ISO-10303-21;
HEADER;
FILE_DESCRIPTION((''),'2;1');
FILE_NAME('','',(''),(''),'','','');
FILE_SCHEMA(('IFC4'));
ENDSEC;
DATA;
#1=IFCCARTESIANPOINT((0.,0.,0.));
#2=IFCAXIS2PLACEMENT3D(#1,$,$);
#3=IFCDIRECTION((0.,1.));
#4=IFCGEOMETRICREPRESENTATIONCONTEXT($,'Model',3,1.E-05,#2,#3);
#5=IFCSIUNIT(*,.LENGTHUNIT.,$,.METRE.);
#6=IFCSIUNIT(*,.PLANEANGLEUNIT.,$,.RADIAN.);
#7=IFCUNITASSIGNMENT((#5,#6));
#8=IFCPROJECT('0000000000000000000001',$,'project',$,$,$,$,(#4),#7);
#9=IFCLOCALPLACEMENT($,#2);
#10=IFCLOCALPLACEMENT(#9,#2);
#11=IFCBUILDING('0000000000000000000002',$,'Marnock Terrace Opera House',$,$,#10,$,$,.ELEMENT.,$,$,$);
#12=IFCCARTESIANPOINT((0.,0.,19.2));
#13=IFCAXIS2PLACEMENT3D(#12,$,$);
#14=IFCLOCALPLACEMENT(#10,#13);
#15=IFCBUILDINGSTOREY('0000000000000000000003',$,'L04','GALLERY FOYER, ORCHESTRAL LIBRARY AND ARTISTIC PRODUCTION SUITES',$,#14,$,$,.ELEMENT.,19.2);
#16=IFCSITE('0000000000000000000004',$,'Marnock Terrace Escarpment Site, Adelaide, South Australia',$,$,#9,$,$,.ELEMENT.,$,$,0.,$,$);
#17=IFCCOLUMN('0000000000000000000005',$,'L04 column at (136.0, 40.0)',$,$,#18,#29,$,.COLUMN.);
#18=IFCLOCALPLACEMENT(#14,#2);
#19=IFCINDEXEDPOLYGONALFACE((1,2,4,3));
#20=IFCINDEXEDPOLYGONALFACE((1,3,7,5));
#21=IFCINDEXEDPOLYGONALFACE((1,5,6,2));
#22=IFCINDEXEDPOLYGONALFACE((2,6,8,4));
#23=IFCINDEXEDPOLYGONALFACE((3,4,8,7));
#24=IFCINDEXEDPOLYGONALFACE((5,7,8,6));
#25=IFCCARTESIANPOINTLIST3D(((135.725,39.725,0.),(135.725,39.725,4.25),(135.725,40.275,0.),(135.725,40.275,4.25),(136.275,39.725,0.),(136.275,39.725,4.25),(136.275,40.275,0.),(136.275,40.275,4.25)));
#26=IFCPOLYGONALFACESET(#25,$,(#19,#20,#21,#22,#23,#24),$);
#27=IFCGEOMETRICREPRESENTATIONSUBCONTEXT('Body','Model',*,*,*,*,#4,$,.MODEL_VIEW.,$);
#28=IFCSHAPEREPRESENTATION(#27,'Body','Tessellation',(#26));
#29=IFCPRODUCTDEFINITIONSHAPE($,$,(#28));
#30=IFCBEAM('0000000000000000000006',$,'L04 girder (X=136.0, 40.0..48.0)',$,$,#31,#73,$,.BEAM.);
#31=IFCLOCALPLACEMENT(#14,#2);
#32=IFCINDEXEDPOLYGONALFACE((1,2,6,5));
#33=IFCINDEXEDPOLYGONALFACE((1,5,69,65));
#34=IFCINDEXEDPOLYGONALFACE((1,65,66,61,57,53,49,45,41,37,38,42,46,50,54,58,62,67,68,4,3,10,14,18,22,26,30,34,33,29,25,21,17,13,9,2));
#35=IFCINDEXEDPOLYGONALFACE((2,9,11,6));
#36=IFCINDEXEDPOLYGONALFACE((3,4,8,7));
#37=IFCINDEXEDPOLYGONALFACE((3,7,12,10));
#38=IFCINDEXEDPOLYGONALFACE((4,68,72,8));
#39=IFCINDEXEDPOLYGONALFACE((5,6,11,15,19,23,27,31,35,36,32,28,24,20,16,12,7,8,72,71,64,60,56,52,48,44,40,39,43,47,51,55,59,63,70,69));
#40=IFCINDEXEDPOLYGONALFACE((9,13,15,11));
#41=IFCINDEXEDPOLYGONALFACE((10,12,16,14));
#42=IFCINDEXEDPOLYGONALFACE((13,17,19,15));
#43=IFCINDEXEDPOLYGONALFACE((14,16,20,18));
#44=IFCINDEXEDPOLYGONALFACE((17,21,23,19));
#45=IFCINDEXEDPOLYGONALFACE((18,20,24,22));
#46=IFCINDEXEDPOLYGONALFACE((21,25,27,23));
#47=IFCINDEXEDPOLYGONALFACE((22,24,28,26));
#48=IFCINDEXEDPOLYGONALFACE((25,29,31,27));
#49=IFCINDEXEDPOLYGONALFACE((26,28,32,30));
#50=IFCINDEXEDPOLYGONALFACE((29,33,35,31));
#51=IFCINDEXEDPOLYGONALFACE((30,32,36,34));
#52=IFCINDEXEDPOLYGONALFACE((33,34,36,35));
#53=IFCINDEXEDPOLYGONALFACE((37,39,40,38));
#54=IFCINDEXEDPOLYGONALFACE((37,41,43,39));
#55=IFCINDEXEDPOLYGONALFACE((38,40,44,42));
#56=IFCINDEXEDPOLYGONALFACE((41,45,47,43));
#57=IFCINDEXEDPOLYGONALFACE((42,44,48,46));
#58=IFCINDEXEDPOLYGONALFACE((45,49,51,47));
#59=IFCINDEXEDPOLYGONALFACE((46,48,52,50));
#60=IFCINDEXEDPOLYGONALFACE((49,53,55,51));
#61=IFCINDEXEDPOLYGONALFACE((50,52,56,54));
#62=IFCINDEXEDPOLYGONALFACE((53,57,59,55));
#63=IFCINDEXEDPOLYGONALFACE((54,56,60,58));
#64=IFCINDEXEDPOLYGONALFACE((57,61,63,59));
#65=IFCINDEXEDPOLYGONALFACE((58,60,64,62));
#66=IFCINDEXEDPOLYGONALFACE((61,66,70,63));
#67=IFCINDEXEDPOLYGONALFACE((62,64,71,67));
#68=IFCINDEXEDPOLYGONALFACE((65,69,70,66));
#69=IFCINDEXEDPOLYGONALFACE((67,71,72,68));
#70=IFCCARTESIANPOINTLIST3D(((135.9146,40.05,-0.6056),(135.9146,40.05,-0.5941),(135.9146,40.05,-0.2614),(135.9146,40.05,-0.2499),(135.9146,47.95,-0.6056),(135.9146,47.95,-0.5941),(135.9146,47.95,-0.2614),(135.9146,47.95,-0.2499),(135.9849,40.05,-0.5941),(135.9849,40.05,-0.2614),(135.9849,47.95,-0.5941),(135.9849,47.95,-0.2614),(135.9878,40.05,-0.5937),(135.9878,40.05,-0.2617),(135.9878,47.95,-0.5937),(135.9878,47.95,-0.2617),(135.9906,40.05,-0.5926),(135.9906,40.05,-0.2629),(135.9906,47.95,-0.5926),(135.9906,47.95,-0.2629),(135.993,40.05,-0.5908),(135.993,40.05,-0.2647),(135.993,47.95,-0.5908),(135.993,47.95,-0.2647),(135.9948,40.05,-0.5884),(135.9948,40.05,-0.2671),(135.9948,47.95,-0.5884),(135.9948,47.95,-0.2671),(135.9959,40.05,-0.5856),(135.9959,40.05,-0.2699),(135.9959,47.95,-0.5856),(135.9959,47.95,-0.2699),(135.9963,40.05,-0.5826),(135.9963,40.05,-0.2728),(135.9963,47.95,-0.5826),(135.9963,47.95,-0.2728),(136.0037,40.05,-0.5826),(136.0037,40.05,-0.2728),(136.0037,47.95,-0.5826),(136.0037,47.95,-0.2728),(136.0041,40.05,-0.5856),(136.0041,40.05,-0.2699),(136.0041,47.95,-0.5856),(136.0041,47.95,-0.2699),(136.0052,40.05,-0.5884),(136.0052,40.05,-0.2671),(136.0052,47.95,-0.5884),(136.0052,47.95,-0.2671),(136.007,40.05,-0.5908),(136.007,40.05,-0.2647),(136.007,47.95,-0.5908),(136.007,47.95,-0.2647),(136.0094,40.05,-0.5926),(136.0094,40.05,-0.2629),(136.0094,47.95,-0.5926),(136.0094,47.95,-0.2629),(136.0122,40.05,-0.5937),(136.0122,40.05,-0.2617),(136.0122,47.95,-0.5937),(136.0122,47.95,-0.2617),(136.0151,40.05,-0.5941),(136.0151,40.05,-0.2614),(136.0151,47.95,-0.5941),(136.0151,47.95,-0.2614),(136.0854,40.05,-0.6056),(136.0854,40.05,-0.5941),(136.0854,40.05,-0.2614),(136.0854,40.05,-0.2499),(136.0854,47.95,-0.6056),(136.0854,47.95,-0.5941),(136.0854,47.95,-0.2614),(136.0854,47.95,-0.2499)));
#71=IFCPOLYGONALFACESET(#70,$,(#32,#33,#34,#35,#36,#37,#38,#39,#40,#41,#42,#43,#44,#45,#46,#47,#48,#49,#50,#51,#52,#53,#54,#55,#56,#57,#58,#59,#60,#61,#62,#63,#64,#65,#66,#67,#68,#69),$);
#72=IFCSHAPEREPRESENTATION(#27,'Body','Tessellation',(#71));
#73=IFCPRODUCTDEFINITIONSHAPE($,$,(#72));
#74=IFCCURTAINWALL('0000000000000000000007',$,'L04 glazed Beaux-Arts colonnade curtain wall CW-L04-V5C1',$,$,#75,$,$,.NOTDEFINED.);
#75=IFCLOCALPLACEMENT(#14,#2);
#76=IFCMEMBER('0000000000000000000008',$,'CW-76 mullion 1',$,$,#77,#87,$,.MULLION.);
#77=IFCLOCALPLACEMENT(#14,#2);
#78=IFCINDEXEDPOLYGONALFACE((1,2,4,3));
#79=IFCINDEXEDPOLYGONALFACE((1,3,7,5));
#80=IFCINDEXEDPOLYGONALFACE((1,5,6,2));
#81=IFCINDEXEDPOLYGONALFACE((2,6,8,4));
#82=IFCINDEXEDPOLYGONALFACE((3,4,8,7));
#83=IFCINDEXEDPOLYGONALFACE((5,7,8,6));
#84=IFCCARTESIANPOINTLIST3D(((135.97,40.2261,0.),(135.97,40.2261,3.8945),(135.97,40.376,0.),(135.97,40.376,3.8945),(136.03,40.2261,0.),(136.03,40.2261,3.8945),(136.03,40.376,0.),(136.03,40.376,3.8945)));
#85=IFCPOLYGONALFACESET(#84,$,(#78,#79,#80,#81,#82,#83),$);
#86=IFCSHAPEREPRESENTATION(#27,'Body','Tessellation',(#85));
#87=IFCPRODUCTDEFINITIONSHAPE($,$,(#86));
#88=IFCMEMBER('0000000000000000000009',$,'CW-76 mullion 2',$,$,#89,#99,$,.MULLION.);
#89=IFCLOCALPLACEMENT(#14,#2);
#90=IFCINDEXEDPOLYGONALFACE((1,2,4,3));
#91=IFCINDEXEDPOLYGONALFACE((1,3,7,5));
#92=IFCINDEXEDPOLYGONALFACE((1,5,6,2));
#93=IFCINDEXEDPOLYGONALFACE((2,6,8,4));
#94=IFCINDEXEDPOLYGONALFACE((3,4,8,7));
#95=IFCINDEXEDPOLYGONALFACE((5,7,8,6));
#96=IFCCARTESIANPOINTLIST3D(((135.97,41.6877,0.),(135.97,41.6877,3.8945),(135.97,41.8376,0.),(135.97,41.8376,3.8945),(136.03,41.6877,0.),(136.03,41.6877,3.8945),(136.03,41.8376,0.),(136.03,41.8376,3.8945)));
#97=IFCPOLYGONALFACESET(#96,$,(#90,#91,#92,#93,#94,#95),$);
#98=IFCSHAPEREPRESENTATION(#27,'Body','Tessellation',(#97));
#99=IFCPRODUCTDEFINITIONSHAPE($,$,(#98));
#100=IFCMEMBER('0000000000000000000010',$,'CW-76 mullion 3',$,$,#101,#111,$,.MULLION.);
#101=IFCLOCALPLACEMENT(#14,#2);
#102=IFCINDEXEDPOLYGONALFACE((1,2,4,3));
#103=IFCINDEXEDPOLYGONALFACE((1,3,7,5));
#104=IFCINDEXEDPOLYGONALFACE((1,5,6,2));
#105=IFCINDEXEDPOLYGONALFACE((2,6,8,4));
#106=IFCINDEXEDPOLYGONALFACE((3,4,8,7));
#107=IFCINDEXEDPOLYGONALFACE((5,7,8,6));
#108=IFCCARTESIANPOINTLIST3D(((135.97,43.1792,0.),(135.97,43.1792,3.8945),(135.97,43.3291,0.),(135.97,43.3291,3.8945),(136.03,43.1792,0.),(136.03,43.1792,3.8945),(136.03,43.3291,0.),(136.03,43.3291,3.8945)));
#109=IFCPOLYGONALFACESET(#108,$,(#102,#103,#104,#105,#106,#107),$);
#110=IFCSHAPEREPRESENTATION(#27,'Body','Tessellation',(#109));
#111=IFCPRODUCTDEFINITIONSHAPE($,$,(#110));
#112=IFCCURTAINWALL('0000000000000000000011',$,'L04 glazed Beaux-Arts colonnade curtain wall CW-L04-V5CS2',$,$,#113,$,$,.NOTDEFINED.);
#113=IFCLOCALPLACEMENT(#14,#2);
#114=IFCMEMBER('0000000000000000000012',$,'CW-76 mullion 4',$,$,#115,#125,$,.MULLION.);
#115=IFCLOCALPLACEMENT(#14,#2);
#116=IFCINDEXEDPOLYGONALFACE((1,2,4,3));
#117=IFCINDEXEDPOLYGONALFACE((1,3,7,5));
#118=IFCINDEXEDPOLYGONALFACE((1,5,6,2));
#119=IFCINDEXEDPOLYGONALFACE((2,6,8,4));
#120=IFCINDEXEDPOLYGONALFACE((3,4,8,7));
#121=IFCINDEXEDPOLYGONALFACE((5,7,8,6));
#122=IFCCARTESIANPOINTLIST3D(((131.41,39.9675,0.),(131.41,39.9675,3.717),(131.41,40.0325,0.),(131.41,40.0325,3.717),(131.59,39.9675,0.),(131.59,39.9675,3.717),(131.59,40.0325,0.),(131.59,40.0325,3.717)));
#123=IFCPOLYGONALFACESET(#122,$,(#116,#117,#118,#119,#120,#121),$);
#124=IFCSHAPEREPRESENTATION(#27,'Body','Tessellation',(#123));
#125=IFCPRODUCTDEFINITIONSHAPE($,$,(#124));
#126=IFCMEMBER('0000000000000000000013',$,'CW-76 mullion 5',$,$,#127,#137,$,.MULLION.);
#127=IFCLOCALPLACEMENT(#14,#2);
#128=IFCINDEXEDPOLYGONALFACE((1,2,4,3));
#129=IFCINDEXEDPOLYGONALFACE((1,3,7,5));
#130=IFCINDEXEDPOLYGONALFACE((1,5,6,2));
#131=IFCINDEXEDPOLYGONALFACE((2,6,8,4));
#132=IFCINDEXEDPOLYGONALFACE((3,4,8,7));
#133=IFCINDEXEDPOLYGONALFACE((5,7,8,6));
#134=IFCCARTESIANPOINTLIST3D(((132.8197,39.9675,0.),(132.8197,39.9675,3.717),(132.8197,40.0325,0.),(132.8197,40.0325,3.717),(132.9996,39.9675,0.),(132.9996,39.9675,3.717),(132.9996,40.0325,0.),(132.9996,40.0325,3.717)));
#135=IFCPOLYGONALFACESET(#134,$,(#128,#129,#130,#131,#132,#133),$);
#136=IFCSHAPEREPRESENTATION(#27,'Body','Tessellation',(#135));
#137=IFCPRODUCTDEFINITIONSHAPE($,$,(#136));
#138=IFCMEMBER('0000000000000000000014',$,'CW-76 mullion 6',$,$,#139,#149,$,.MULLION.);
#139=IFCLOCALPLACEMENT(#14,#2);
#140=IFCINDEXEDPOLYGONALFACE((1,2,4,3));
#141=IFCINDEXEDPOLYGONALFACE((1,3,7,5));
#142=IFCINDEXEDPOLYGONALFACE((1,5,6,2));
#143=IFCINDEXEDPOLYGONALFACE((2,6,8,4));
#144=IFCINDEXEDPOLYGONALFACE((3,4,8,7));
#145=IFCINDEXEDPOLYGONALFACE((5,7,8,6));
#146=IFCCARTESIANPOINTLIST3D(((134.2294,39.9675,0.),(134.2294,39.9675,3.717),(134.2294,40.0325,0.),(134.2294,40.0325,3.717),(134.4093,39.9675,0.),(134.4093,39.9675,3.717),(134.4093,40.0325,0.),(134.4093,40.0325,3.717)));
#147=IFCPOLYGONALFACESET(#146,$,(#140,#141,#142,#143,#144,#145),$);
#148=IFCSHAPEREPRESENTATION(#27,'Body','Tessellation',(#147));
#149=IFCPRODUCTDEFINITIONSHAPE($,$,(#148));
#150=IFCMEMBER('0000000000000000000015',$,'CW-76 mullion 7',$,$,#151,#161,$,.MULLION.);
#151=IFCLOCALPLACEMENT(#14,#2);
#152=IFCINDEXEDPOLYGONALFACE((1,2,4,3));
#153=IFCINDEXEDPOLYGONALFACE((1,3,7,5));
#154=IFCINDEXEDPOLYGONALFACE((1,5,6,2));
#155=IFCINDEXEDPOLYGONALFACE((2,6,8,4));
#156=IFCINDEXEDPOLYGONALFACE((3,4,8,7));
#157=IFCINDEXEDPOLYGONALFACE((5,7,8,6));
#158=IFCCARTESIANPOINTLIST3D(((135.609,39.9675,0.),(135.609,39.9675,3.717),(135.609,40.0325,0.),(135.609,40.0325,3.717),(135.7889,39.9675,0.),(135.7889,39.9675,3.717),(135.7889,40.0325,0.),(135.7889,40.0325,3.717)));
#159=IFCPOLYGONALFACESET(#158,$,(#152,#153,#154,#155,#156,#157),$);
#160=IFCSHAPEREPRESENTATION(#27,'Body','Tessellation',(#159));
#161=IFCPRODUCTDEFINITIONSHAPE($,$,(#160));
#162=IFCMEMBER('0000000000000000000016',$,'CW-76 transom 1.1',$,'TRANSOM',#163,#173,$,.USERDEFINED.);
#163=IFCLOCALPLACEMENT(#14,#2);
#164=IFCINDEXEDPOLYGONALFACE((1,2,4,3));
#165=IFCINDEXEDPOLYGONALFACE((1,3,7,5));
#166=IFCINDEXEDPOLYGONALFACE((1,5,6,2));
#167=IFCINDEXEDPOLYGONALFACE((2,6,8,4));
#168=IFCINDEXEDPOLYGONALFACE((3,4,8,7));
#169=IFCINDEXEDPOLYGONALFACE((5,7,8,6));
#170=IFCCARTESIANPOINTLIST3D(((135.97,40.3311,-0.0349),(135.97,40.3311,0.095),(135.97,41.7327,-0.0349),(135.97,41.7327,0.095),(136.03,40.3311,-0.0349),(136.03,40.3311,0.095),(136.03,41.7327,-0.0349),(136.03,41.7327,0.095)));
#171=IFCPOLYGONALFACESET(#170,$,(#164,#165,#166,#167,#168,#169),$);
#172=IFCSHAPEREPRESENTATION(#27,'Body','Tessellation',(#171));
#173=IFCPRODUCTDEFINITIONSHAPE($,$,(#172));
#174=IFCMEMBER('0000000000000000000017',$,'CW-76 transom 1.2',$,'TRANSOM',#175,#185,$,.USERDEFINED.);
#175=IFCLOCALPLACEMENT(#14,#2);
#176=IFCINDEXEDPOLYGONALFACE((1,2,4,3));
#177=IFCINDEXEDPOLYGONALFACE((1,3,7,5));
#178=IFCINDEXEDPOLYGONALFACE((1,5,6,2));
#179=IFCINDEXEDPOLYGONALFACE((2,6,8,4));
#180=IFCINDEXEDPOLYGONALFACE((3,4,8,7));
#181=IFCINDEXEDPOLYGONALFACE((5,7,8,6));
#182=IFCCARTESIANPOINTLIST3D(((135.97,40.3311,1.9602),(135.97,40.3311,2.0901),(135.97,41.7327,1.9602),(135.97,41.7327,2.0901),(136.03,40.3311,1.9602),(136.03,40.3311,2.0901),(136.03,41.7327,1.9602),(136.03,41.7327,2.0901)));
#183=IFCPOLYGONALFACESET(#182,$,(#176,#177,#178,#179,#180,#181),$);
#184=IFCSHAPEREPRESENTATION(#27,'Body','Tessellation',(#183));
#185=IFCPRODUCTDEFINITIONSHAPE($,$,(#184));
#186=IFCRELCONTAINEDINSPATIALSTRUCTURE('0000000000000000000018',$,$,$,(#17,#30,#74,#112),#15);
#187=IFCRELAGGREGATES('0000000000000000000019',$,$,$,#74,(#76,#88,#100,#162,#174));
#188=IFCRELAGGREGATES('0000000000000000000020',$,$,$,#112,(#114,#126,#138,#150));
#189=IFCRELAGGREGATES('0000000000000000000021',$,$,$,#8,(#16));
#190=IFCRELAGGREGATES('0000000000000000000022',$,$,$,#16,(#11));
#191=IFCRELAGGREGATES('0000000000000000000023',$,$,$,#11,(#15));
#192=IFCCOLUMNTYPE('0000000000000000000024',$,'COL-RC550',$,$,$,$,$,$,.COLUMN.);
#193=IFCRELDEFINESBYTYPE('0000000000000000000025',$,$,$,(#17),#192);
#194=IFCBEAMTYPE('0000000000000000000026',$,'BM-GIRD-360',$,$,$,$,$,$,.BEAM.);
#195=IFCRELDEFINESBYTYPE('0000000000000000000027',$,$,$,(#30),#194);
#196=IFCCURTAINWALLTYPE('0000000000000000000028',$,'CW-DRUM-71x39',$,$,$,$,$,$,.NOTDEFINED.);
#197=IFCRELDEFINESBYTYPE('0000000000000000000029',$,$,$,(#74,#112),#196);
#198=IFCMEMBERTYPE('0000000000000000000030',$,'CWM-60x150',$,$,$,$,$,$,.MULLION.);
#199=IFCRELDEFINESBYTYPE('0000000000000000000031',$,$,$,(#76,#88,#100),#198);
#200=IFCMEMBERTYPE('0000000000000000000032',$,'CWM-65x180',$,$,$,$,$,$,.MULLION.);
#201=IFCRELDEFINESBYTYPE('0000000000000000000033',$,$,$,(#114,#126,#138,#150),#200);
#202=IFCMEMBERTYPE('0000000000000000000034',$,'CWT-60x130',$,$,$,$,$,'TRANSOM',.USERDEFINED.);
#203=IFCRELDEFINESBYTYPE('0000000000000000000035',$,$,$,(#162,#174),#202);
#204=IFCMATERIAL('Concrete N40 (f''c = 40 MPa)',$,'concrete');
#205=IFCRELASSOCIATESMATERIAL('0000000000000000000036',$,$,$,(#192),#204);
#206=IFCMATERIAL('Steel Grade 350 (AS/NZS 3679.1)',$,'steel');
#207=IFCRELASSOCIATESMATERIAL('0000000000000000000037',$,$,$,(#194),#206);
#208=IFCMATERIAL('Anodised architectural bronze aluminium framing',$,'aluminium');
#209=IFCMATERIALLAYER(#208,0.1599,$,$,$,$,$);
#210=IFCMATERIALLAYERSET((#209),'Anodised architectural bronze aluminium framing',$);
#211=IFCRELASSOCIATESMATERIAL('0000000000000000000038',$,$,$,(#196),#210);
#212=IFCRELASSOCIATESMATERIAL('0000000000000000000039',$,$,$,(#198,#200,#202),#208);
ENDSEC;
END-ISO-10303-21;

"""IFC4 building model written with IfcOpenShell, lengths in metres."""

from ifc_helpers import new_model, si_unit, direction, frame, origin, origin_2d, place, context, subcontext, project, spatial, rectangle, i_section, extrude, material, layer, layer_set, material_profile, profile_set, type_object, element, aggregate, save


model = new_model("IFC4")

# Units and contexts
model_context = context("Model", 3, precision=1e-05, world=origin(), true_north=direction((0.0, 1.0)))
body_context = subcontext(model_context, "Body", "Model", "MODEL_VIEW")
ifc_project = project(units=[si_unit("LENGTHUNIT", "METRE"), si_unit("PLANEANGLEUNIT", "RADIAN")], contexts=[model_context])

# Site, building, storey
site_placement = place(None, origin())
site = spatial("IfcSite", under=ifc_project, at=site_placement, Name="Marnock Terrace Escarpment Site, Adelaide, South Australia", CompositionType="ELEMENT", RefElevation=0.0)
building_placement = place(site_placement, origin())
building = spatial("IfcBuilding", under=site, at=building_placement, Name="Marnock Terrace Opera House", CompositionType="ELEMENT")
storey_placement = place(building_placement, frame((0.0, 0.0, 19.2)))
storey = spatial("IfcBuildingStorey", under=building, at=storey_placement, Name="L04", Description="GALLERY FOYER, ORCHESTRAL LIBRARY AND ARTISTIC PRODUCTION SUITES", CompositionType="ELEMENT", Elevation=19.2)

# Column
ifc_material_1 = material(Name="Concrete N40 (f'c = 40 MPa)", Category="concrete")
ifc_material_profile_1 = material_profile(ifc_material_1, rectangle(XDim=0.55, YDim=0.55, at=origin_2d()))
ifc_profile_set_1 = profile_set([ifc_material_profile_1], Name="Concrete N40 (f'c = 40 MPa)")
column_type = type_object("IfcColumnType", Name="COL-RC550", PredefinedType="COLUMN", material=ifc_profile_set_1)
column_placement = place(storey_placement, frame((136.0, 40.0, 0.0), z_axis=(0.0, 0.0, 1.0), x_axis=(1.0, 0.0, 0.0)))
element("IfcColumn", 1, at=column_placement, inside=storey, type_object=column_type, Name="L04 column at (136.0, 40.0)", PredefinedType="COLUMN", context=body_context, shape_type="SweptSolid", body=[
    extrude(rectangle(XDim=0.55, YDim=0.55, at=origin_2d()), origin(), (0.0, 0.0, 1.0), 4.25),
])

# Beam
ifc_material_2 = material(Name="Steel Grade 350 (AS/NZS 3679.1)", Category="steel")
ifc_material_profile_2 = material_profile(ifc_material_2, i_section(OverallWidth=0.1709, OverallDepth=0.3557, WebThickness=0.0073, FlangeThickness=0.0115, FilletRadius=0.0115, at=origin_2d()))
ifc_profile_set_2 = profile_set([ifc_material_profile_2], Name="Steel Grade 350 (AS/NZS 3679.1)")
beam_type = type_object("IfcBeamType", Name="BM-GIRD-360", PredefinedType="BEAM", material=ifc_profile_set_2)
beam_placement = place(storey_placement, frame((136.0, 40.05, -0.4277), z_axis=(0.0, 1.0, 0.0), x_axis=(-1.0, 0.0, 0.0)))
element("IfcBeam", 2, at=beam_placement, inside=storey, type_object=beam_type, Name="L04 girder (X=136.0, 40.0..48.0)", PredefinedType="BEAM", context=body_context, shape_type="SweptSolid", body=[
    extrude(i_section(OverallWidth=0.1709, OverallDepth=0.3557, WebThickness=0.0073, FlangeThickness=0.0115, FilletRadius=0.0115, at=origin_2d()), origin(), (0.0, 0.0, 1.0), 7.8999),
])

# Curtain walls, members
ifc_material_3 = material(Name="Anodised architectural bronze aluminium framing", Category="aluminium")
ifc_layer_1 = layer(ifc_material_3, 0.1599)
ifc_layer_set_1 = layer_set([ifc_layer_1], Name="Anodised architectural bronze aluminium framing")
curtain_wall_type = type_object("IfcCurtainWallType", Name="CW-DRUM-71x39", PredefinedType="NOTDEFINED", material=ifc_layer_set_1)
curtain_wall_1_placement = place(storey_placement, origin())
curtain_wall_1 = element("IfcCurtainWall", 3, at=curtain_wall_1_placement, inside=storey, type_object=curtain_wall_type, Name="L04 glazed Beaux-Arts colonnade curtain wall CW-L04-V5C1", PredefinedType="NOTDEFINED")
ifc_material_profile_3 = material_profile(ifc_material_3, rectangle(XDim=0.0601, YDim=0.1499, at=origin_2d()))
ifc_profile_set_3 = profile_set([ifc_material_profile_3], Name="Anodised architectural bronze aluminium framing")
member_type_1 = type_object("IfcMemberType", Name="CWM-60x150", PredefinedType="MULLION", material=ifc_profile_set_3)
member_1_placement = place(storey_placement, frame((136.0, 40.301, 0.0), z_axis=(0.0, 0.0, 1.0), x_axis=(-1.0, 0.0, 0.0)))
member_1 = element("IfcMember", 4, at=member_1_placement, type_object=member_type_1, Name="CW-76 mullion 1", PredefinedType="MULLION", context=body_context, shape_type="SweptSolid", body=[
    extrude(rectangle(XDim=0.0601, YDim=0.1499, at=origin_2d()), origin(), (0.0, 0.0, 1.0), 3.8945),
])
member_2_placement = place(storey_placement, frame((136.0, 41.7627, 0.0), z_axis=(0.0, 0.0, 1.0), x_axis=(-1.0, 0.0, 0.0)))
member_2 = element("IfcMember", 5, at=member_2_placement, type_object=member_type_1, Name="CW-76 mullion 2", PredefinedType="MULLION", context=body_context, shape_type="SweptSolid", body=[
    extrude(rectangle(XDim=0.0601, YDim=0.1499, at=origin_2d()), origin(), (0.0, 0.0, 1.0), 3.8945),
])
member_3_placement = place(storey_placement, frame((136.0, 43.2542, 0.0), z_axis=(0.0, 0.0, 1.0), x_axis=(-1.0, 0.0, 0.0)))
member_3 = element("IfcMember", 6, at=member_3_placement, type_object=member_type_1, Name="CW-76 mullion 3", PredefinedType="MULLION", context=body_context, shape_type="SweptSolid", body=[
    extrude(rectangle(XDim=0.0601, YDim=0.1499, at=origin_2d()), origin(), (0.0, 0.0, 1.0), 3.8945),
])
curtain_wall_2_placement = place(storey_placement, origin())
curtain_wall_2 = element("IfcCurtainWall", 7, at=curtain_wall_2_placement, inside=storey, type_object=curtain_wall_type, Name="L04 glazed Beaux-Arts colonnade curtain wall CW-L04-V5CS2", PredefinedType="NOTDEFINED")
ifc_material_profile_4 = material_profile(ifc_material_3, rectangle(XDim=0.0649, YDim=0.1799, at=origin_2d()))
ifc_profile_set_4 = profile_set([ifc_material_profile_4], Name="Anodised architectural bronze aluminium framing")
member_type_2 = type_object("IfcMemberType", Name="CWM-65x180", PredefinedType="MULLION", material=ifc_profile_set_4)
member_4_placement = place(storey_placement, frame((131.5, 40.0, 0.0), z_axis=(0.0, 0.0, 1.0), x_axis=(0.0, 1.0, 0.0)))
member_4 = element("IfcMember", 8, at=member_4_placement, type_object=member_type_2, Name="CW-76 mullion 4", PredefinedType="MULLION", context=body_context, shape_type="SweptSolid", body=[
    extrude(rectangle(XDim=0.0649, YDim=0.1799, at=origin_2d()), origin(), (0.0, 0.0, 1.0), 3.717),
])
member_5_placement = place(storey_placement, frame((132.9097, 40.0, 0.0), z_axis=(0.0, 0.0, 1.0), x_axis=(0.0, 1.0, 0.0)))
member_5 = element("IfcMember", 9, at=member_5_placement, type_object=member_type_2, Name="CW-76 mullion 5", PredefinedType="MULLION", context=body_context, shape_type="SweptSolid", body=[
    extrude(rectangle(XDim=0.0649, YDim=0.1799, at=origin_2d()), origin(), (0.0, 0.0, 1.0), 3.717),
])
member_6_placement = place(storey_placement, frame((134.3193, 40.0, 0.0), z_axis=(0.0, 0.0, 1.0), x_axis=(0.0, 1.0, 0.0)))
member_6 = element("IfcMember", 10, at=member_6_placement, type_object=member_type_2, Name="CW-76 mullion 6", PredefinedType="MULLION", context=body_context, shape_type="SweptSolid", body=[
    extrude(rectangle(XDim=0.0649, YDim=0.1799, at=origin_2d()), origin(), (0.0, 0.0, 1.0), 3.717),
])
member_7_placement = place(storey_placement, frame((135.699, 40.0, 0.0), z_axis=(0.0, 0.0, 1.0), x_axis=(0.0, 1.0, 0.0)))
member_7 = element("IfcMember", 11, at=member_7_placement, type_object=member_type_2, Name="CW-76 mullion 7", PredefinedType="MULLION", context=body_context, shape_type="SweptSolid", body=[
    extrude(rectangle(XDim=0.0649, YDim=0.1799, at=origin_2d()), origin(), (0.0, 0.0, 1.0), 3.717),
])

# Members
ifc_material_profile_5 = material_profile(ifc_material_3, rectangle(XDim=0.0601, YDim=0.1299, at=origin_2d()))
ifc_profile_set_5 = profile_set([ifc_material_profile_5], Name="Anodised architectural bronze aluminium framing")
member_type_3 = type_object("IfcMemberType", Name="CWT-60x130", ElementType="TRANSOM", PredefinedType="USERDEFINED", material=ifc_profile_set_5)
member_8_placement = place(storey_placement, frame((136.0, 40.3311, 0.03), z_axis=(0.0, 1.0, 0.0), x_axis=(-1.0, 0.0, 0.0)))
member_8 = element("IfcMember", 12, at=member_8_placement, type_object=member_type_3, Name="CW-76 transom 1.1", ObjectType="TRANSOM", PredefinedType="USERDEFINED", context=body_context, shape_type="SweptSolid", body=[
    extrude(rectangle(XDim=0.0601, YDim=0.1299, at=origin_2d()), origin(), (0.0, 0.0, 1.0), 1.4016),
])
member_9_placement = place(storey_placement, frame((136.0, 40.3311, 2.0251), z_axis=(0.0, 1.0, 0.0), x_axis=(-1.0, 0.0, 0.0)))
member_9 = element("IfcMember", 13, at=member_9_placement, type_object=member_type_3, Name="CW-76 transom 1.2", ObjectType="TRANSOM", PredefinedType="USERDEFINED", context=body_context, shape_type="SweptSolid", body=[
    extrude(rectangle(XDim=0.0601, YDim=0.1299, at=origin_2d()), origin(), (0.0, 0.0, 1.0), 1.4016),
])

aggregate(curtain_wall_1, [member_1, member_2, member_3, member_8, member_9])
aggregate(curtain_wall_2, [member_4, member_5, member_6, member_7])

save(model, "model.ifc")
